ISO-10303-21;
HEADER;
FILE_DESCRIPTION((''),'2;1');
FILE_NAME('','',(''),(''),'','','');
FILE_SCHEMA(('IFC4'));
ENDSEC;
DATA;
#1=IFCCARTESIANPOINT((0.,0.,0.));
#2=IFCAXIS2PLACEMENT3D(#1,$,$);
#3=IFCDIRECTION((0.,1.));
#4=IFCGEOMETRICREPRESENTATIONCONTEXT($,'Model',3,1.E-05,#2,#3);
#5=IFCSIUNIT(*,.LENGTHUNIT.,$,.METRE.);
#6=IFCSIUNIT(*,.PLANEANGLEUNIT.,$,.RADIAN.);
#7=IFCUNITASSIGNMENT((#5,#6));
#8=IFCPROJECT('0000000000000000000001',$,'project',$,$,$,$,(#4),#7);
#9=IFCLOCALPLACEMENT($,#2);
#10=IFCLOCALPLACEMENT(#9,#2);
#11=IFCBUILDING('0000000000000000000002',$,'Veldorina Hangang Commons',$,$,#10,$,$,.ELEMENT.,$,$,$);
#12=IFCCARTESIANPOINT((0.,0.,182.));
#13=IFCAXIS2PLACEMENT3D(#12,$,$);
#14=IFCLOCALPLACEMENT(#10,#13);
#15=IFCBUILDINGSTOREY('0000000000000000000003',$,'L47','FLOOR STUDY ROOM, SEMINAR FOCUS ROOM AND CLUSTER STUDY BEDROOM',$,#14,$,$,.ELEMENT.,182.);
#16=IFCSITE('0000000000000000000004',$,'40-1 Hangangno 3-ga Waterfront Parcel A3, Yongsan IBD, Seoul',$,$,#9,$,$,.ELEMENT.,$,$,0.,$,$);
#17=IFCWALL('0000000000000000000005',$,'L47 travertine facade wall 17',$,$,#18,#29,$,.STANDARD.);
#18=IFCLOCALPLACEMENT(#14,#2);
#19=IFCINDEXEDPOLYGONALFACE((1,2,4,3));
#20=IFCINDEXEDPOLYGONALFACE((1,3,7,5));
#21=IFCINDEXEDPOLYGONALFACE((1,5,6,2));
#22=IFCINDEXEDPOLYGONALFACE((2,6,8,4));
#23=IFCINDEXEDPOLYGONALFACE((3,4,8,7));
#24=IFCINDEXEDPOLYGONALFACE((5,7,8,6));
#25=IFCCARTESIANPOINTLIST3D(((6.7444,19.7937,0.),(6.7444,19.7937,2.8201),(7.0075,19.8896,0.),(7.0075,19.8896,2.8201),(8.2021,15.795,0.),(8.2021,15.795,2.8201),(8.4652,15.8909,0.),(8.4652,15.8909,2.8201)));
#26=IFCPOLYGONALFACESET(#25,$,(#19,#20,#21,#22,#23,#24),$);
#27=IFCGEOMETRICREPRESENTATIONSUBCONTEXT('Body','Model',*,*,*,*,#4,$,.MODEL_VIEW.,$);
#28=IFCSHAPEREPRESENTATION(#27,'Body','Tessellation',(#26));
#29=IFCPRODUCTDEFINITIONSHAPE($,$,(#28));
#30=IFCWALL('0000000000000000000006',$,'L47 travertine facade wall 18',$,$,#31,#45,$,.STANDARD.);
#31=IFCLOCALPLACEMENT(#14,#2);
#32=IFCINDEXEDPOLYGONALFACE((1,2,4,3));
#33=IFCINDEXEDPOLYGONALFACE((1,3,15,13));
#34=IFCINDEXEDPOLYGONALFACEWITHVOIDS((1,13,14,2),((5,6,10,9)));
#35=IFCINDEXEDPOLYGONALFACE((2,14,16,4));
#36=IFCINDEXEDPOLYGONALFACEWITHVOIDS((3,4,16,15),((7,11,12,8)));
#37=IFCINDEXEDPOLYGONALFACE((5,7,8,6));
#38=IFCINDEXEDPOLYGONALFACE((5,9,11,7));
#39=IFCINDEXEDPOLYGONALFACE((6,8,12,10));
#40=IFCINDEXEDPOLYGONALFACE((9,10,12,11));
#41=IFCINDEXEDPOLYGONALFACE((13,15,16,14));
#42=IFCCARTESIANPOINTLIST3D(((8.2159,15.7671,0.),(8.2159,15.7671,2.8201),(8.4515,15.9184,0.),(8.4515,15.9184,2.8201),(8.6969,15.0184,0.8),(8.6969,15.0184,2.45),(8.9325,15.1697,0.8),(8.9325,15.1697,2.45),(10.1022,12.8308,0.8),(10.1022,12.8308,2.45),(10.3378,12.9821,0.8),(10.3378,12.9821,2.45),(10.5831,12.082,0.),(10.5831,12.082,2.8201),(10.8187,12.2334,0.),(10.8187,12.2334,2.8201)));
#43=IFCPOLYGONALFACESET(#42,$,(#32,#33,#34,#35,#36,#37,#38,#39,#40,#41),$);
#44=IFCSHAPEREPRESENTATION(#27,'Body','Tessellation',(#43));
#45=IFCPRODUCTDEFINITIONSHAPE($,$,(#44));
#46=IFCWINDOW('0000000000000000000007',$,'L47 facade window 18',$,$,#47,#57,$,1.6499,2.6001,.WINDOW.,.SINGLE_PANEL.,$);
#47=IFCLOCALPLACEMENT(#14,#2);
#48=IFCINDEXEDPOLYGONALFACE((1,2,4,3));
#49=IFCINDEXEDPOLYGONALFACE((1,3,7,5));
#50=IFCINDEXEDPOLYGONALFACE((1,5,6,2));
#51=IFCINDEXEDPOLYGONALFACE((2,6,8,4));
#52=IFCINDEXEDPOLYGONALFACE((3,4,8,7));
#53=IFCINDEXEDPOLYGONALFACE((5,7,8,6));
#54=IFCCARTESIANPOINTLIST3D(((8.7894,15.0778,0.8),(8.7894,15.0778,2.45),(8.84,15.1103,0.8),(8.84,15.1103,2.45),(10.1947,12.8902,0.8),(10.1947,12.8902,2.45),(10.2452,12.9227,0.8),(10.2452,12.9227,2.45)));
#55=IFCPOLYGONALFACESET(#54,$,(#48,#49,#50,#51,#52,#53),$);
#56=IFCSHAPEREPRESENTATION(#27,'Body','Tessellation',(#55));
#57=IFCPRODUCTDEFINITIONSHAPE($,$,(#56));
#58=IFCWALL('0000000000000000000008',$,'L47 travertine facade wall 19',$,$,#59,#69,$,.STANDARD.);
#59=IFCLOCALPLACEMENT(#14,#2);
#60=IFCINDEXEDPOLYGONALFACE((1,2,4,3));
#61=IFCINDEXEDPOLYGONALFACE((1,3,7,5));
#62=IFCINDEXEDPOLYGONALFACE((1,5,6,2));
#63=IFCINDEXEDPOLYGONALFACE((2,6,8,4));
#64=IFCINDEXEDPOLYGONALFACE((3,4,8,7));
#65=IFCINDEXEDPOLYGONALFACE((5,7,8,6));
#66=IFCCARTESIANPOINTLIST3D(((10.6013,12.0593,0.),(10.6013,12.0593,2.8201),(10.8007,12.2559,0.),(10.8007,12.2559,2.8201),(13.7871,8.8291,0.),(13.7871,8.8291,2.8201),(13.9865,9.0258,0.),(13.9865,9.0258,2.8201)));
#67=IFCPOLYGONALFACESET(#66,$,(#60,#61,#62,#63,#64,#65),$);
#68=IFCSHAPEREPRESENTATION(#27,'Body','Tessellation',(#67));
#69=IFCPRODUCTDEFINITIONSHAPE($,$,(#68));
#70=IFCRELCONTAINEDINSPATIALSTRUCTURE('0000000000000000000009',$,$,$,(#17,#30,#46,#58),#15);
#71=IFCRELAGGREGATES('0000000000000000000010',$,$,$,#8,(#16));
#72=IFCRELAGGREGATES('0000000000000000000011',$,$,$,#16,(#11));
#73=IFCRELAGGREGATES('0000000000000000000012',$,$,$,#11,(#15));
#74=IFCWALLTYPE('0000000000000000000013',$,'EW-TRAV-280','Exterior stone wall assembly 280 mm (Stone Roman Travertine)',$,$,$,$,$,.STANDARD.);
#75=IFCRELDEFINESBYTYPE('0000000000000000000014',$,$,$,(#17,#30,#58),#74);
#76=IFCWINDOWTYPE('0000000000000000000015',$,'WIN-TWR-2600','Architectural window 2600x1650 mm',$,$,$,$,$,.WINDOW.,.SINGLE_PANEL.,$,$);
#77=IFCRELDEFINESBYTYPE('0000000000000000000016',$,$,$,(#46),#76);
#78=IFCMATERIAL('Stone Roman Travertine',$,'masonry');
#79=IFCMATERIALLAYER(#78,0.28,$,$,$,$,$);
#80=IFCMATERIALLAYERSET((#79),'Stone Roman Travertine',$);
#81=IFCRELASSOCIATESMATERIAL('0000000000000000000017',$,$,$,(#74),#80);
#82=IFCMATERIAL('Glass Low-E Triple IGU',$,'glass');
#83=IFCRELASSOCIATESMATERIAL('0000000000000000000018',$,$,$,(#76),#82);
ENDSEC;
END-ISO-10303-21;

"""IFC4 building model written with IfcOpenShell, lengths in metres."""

from ifc_helpers import new_model, si_unit, direction, frame, frame_2d, origin, place, context, subcontext, project, spatial, rectangle, extrude, material, layer, layer_set, type_object, element, fill, save


model = new_model("IFC4")

# Units and contexts
model_context = context("Model", 3, precision=1e-05, world=origin(), true_north=direction((0.0, 1.0)))
body_context = subcontext(model_context, "Body", "Model", "MODEL_VIEW")
ifc_project = project(units=[si_unit("LENGTHUNIT", "METRE"), si_unit("PLANEANGLEUNIT", "RADIAN")], contexts=[model_context])

# Site, building, storey
site_placement = place(None, origin())
site = spatial("IfcSite", under=ifc_project, at=site_placement, Name="40-1 Hangangno 3-ga Waterfront Parcel A3, Yongsan IBD, Seoul", CompositionType="ELEMENT", RefElevation=0.0)
building_placement = place(site_placement, origin())
building = spatial("IfcBuilding", under=site, at=building_placement, Name="Veldorina Hangang Commons", CompositionType="ELEMENT")
storey_placement = place(building_placement, frame((0.0, 0.0, 182.0)))
storey = spatial("IfcBuildingStorey", under=building, at=storey_placement, Name="L47", Description="FLOOR STUDY ROOM, SEMINAR FOCUS ROOM AND CLUSTER STUDY BEDROOM", CompositionType="ELEMENT", Elevation=182.0)

# Wall
ifc_material_1 = material(Name="Stone Roman Travertine", Category="masonry")
ifc_layer_1 = layer(ifc_material_1, 0.28)
ifc_layer_set_1 = layer_set([ifc_layer_1], Name="Stone Roman Travertine")
wall_type = type_object("IfcWallType", Name="EW-TRAV-280", Description="Exterior stone wall assembly 280 mm (Stone Roman Travertine)", PredefinedType="STANDARD", material=ifc_layer_set_1)
wall_1_placement = place(storey_placement, frame((6.876, 19.8416, 0.0), z_axis=(0.0, 0.0, 1.0), x_axis=(0.342503, -0.939517, 0.0)))
element("IfcWall", 1, at=wall_1_placement, inside=storey, type_object=wall_type, Name="L47 travertine facade wall 17", PredefinedType="STANDARD", context=body_context, shape_type="SweptSolid", body=[
    extrude(rectangle(XDim=4.2561, YDim=0.28, at=frame_2d((2.1279, 0.0))), origin(), (0.0, 0.0, 1.0), 2.8201),
])

# Wall, opening, window
wall_2_placement = place(storey_placement, frame((8.3337, 15.8428, 0.0), z_axis=(0.0, 0.0, 1.0), x_axis=(0.54047, -0.841363, 0.0)))
wall_2 = element("IfcWall", 2, at=wall_2_placement, inside=storey, type_object=wall_type, Name="L47 travertine facade wall 18", PredefinedType="STANDARD", context=body_context, shape_type="SweptSolid", body=[
    extrude(rectangle(XDim=4.3799, YDim=0.28, at=frame_2d((2.1899, 0.0))), origin(), (0.0, 0.0, 1.0), 2.8201),
])
opening_placement = place(wall_2_placement, frame((0.8899, 0.0, 0.8)))
opening = element("IfcOpeningElement", 3, at=opening_placement, cuts=wall_2, PredefinedType="OPENING", context=body_context, shape_type="SweptSolid", body=[
    extrude(rectangle(XDim=2.6001, YDim=1.6499, at=frame_2d((1.3, 0.825))), frame((0.0, 0.1499, 0.0), z_axis=(0.0, -1.0, 0.0), x_axis=(1.0, 0.0, 0.0)), (0.0, 0.0, 1.0), 0.3),
])
ifc_material_2 = material(Name="Glass Low-E Triple IGU", Category="glass")
window_type = type_object("IfcWindowType", Name="WIN-TWR-2600", Description="Architectural window 2600x1650 mm", PartitioningType="SINGLE_PANEL", PredefinedType="WINDOW", material=ifc_material_2)
window_placement = place(opening_placement, origin())
window = element("IfcWindow", 4, at=window_placement, inside=storey, type_object=window_type, Name="L47 facade window 18", OverallHeight=1.6499, OverallWidth=2.6001, PartitioningType="SINGLE_PANEL", PredefinedType="WINDOW", context=body_context, shape_type="SweptSolid", body=[
    extrude(rectangle(XDim=2.6001, YDim=1.6499, at=frame_2d((1.3, 0.825))), frame((0.0, 0.03, 0.0), z_axis=(0.0, -1.0, 0.0), x_axis=(1.0, 0.0, 0.0)), (0.0, 0.0, 1.0), 0.0601),
])
fill(opening, window)

# Wall
wall_3_placement = place(storey_placement, frame((10.7009, 12.1577, 0.0), z_axis=(0.0, 0.0, 1.0), x_axis=(0.702193, -0.711987, 0.0)))
element("IfcWall", 5, at=wall_3_placement, inside=storey, type_object=wall_type, Name="L47 travertine facade wall 19", PredefinedType="STANDARD", context=body_context, shape_type="SweptSolid", body=[
    extrude(rectangle(XDim=4.5369, YDim=0.28, at=frame_2d((2.2686, 0.0))), origin(), (0.0, 0.0, 1.0), 2.8201),
])

save(model, "model.ifc")
